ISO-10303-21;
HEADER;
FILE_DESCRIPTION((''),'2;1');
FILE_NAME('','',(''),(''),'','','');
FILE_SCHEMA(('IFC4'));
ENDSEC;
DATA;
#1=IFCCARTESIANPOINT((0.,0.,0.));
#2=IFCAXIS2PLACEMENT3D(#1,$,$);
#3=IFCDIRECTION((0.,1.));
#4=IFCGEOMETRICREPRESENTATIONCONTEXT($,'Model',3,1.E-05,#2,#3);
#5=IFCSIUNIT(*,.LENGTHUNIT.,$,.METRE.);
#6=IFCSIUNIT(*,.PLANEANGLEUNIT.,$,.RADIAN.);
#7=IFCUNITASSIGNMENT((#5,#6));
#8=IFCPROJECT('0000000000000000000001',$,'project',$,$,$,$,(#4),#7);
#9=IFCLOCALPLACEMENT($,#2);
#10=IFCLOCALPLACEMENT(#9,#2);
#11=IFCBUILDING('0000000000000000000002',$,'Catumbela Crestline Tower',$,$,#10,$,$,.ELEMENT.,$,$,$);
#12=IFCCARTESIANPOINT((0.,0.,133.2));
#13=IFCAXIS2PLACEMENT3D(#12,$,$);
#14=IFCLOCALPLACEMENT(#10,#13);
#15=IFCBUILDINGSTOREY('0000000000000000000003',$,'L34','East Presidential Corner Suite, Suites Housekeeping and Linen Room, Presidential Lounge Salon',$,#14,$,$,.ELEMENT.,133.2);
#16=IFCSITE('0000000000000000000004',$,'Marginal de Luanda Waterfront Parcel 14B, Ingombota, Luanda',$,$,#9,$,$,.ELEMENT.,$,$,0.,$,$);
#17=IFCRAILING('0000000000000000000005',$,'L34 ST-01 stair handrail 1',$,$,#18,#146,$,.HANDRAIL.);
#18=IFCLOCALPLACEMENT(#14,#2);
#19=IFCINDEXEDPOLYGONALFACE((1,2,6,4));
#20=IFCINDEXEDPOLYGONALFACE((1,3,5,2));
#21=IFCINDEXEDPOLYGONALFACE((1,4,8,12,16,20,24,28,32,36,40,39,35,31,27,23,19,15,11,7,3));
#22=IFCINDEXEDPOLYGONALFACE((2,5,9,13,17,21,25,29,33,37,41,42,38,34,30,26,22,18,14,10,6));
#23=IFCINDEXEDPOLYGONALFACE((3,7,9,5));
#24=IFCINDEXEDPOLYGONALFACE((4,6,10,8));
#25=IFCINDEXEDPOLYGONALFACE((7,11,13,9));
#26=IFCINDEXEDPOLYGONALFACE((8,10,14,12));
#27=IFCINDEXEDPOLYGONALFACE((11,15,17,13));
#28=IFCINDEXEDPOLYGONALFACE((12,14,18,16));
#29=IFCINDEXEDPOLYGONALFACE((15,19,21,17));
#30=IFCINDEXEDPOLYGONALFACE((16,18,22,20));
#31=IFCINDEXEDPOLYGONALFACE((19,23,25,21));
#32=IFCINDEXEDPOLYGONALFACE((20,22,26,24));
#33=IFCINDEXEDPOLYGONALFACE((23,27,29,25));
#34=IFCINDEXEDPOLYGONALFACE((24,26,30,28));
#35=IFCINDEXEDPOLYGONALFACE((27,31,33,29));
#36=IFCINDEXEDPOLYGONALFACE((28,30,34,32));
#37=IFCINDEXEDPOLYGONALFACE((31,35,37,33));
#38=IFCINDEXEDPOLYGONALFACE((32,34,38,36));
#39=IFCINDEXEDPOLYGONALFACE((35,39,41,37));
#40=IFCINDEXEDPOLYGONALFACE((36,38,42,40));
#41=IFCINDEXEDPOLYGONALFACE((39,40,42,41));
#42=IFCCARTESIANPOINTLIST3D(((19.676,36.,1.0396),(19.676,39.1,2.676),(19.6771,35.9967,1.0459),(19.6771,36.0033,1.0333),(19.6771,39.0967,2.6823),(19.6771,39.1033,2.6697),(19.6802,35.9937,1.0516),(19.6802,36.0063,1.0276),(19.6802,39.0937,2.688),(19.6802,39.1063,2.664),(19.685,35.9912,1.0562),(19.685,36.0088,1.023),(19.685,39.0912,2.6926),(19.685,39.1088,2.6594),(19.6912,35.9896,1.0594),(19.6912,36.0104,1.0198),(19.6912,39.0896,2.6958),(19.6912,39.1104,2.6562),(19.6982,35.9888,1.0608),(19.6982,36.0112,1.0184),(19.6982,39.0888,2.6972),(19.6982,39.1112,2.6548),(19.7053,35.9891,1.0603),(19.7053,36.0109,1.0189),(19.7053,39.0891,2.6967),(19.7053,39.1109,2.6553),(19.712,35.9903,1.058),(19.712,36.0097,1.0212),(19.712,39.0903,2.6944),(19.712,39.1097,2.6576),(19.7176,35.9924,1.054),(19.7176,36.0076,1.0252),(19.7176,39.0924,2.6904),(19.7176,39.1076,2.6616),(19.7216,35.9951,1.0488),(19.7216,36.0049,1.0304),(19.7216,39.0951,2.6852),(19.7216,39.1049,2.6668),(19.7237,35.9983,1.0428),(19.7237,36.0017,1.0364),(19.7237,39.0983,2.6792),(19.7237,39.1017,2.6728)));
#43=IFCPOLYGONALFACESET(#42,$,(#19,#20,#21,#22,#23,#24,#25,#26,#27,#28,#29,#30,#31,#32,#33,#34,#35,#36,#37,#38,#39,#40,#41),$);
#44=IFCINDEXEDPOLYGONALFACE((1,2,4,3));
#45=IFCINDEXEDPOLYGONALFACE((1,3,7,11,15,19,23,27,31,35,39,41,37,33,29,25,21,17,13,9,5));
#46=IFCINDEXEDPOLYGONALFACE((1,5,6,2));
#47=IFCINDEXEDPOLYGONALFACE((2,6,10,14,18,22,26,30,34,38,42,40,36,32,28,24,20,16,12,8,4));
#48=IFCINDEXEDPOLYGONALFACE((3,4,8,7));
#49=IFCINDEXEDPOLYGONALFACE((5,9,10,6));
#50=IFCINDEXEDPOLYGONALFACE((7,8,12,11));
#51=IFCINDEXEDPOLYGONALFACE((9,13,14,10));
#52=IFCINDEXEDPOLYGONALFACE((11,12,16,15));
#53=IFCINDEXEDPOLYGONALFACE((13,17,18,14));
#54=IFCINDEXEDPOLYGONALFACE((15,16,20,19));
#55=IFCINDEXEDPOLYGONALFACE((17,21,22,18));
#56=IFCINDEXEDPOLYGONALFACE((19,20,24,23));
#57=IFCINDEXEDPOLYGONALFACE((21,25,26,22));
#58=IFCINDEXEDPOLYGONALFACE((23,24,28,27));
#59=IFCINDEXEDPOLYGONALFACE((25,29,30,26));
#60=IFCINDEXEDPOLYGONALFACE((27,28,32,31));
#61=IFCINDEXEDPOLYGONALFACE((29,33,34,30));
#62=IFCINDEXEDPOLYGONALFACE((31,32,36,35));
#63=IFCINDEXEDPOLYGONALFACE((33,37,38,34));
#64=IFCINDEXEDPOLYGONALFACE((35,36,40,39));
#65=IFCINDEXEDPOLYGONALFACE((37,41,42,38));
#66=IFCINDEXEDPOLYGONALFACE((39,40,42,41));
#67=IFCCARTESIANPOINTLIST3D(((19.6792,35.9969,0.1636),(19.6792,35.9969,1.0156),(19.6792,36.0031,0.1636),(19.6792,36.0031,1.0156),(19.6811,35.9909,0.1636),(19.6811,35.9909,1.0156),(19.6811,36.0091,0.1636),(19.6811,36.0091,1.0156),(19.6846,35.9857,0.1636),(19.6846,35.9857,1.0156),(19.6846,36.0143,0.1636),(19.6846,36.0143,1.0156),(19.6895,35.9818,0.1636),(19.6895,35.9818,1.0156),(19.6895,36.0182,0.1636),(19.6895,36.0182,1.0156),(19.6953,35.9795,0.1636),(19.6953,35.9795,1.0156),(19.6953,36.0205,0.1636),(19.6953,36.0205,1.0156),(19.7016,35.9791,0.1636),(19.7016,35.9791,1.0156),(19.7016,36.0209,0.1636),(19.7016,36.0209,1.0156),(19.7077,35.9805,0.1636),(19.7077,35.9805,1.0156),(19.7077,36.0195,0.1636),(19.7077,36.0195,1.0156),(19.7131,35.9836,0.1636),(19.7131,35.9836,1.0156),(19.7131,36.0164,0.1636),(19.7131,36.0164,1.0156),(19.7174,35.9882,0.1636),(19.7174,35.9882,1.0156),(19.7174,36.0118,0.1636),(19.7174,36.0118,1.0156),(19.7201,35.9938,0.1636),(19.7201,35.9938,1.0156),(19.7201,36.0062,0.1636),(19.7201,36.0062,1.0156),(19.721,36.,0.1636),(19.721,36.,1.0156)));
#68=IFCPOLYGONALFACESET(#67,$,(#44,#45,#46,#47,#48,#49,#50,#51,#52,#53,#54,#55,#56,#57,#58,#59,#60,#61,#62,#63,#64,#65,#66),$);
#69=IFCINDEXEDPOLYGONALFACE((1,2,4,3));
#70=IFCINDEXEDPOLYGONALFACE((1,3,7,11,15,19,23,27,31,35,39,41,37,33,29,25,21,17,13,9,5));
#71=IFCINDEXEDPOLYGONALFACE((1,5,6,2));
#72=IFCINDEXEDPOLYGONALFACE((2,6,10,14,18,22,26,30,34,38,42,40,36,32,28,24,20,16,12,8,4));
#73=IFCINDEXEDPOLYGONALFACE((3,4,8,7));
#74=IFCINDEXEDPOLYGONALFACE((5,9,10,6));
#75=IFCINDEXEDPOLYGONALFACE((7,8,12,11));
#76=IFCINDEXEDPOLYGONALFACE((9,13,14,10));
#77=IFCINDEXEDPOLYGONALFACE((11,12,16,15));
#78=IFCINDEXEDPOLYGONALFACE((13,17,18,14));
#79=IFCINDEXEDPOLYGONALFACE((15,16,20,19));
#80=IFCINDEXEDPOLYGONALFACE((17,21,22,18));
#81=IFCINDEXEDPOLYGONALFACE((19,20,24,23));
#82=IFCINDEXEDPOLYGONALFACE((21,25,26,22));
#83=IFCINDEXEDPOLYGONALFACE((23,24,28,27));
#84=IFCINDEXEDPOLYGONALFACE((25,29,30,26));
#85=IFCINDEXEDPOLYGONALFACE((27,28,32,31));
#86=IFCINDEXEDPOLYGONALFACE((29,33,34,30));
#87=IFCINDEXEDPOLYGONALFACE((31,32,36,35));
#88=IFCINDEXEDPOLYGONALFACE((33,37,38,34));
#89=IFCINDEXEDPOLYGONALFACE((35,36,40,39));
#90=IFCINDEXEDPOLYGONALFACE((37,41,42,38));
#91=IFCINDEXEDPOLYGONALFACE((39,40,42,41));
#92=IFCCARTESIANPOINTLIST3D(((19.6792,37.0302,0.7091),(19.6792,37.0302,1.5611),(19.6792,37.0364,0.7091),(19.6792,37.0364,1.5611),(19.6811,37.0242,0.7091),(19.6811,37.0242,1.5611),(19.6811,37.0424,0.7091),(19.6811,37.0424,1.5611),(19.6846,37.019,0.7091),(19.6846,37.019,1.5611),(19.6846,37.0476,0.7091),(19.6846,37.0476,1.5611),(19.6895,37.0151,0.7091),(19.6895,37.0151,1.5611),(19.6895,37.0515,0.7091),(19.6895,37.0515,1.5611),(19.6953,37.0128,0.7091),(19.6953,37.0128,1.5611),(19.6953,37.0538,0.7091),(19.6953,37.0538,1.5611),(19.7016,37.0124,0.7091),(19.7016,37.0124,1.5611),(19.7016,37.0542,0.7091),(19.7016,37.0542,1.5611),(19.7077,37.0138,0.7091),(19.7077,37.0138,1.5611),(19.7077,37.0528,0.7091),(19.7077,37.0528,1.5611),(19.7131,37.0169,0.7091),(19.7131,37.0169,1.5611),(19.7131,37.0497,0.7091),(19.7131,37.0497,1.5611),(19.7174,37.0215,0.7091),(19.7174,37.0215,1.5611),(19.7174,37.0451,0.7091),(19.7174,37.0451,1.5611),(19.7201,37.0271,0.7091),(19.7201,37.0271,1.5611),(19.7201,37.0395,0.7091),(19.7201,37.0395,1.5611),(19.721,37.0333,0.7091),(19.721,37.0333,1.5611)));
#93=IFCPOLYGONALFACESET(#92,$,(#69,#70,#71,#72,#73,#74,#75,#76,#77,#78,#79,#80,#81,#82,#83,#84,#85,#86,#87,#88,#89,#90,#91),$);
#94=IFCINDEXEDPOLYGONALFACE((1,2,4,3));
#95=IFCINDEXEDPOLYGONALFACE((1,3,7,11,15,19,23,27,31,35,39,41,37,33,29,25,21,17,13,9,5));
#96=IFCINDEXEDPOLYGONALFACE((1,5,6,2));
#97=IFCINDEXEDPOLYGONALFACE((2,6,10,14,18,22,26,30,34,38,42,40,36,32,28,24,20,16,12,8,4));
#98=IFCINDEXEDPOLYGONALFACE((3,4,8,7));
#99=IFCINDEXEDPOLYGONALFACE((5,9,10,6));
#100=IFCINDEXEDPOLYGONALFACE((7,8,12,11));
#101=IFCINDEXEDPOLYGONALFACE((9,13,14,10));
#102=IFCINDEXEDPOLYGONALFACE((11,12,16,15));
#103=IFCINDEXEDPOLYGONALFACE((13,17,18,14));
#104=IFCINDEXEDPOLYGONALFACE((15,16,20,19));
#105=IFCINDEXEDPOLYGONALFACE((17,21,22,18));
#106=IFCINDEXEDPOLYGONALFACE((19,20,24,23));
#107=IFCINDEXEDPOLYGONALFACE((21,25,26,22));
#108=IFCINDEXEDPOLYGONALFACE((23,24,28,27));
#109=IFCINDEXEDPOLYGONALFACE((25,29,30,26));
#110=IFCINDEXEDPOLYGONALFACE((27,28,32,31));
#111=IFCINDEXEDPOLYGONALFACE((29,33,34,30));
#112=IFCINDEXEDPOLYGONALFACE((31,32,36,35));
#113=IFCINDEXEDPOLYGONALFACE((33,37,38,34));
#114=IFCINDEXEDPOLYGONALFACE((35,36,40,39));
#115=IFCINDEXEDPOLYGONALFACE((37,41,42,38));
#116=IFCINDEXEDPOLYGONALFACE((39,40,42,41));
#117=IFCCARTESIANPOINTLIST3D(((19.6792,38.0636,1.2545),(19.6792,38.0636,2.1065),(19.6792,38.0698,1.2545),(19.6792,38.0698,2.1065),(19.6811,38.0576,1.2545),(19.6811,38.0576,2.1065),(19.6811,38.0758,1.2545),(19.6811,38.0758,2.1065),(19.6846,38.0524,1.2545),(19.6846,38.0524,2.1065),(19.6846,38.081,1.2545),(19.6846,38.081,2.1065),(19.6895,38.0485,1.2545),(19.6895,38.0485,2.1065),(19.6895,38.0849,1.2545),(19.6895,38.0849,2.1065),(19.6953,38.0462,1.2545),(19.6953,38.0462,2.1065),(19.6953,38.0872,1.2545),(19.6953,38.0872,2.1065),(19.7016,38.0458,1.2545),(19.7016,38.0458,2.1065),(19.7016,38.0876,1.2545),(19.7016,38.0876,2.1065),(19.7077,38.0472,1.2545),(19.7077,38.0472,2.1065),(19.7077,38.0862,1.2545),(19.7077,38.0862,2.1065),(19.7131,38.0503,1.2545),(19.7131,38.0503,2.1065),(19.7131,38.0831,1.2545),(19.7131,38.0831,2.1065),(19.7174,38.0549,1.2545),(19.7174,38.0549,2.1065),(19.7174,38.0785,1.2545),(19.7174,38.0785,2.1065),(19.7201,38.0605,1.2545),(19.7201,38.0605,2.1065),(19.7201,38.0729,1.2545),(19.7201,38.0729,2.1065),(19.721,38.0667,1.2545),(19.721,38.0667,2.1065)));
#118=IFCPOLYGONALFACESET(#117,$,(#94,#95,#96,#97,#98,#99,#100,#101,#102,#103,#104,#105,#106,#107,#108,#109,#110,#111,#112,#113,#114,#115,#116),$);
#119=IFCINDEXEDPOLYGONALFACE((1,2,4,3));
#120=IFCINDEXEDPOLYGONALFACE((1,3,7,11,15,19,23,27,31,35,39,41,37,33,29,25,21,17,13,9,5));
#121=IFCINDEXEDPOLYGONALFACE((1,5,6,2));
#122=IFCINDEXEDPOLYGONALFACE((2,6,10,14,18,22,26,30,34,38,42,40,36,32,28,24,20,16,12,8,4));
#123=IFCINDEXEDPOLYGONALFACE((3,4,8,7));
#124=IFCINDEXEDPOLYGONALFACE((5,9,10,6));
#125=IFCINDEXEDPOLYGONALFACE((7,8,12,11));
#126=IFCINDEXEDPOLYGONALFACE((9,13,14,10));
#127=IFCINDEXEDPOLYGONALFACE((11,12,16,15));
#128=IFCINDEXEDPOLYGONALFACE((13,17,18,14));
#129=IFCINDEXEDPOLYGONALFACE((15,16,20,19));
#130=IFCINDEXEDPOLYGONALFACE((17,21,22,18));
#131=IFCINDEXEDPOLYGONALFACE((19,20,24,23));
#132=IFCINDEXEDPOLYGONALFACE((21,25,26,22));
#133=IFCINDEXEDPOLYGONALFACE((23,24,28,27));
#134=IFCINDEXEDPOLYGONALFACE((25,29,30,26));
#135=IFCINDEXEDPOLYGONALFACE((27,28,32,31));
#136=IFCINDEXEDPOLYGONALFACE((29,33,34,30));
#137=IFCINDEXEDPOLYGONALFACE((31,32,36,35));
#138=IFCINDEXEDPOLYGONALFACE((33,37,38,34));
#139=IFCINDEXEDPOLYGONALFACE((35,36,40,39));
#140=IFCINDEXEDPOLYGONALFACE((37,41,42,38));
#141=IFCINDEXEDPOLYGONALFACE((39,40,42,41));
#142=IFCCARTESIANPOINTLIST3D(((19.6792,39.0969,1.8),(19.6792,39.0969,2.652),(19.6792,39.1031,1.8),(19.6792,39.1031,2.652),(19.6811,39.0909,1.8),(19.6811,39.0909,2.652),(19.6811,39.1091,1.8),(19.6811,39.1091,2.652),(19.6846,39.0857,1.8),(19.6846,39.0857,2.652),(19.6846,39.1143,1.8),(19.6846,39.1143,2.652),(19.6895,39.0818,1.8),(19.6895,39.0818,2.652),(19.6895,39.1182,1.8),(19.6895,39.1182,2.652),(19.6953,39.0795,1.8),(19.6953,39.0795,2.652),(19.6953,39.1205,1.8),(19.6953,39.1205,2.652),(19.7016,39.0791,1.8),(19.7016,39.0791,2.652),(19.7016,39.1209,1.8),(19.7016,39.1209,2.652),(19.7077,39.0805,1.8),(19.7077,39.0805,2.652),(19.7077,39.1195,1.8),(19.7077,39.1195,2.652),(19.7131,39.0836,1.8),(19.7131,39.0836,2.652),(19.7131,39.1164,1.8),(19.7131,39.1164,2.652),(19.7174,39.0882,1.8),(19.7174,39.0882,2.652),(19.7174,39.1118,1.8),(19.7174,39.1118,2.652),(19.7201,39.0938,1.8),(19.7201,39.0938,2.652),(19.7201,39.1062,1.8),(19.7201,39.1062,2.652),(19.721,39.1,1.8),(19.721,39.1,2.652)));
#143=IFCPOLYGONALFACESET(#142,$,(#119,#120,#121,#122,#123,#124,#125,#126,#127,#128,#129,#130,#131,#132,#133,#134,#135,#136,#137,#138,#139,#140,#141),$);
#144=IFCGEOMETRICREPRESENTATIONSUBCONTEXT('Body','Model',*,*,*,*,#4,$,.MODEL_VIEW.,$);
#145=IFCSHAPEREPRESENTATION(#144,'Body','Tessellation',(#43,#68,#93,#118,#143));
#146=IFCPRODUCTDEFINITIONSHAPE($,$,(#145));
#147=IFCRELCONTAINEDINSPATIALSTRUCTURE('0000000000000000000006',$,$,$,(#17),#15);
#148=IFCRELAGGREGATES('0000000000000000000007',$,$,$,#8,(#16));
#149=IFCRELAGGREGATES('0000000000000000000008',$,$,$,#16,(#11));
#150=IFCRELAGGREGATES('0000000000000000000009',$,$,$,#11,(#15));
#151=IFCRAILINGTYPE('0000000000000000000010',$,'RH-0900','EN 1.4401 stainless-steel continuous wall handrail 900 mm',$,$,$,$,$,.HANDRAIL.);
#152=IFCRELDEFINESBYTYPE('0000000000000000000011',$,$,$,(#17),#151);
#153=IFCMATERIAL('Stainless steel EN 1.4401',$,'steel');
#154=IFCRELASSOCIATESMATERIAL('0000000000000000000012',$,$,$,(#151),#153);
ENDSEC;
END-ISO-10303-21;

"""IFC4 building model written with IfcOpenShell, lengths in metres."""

from ifc_helpers import new_model, si_unit, direction, frame, origin, origin_2d, place, context, subcontext, project, spatial, circle, extrude, material, type_object, element, save


model = new_model("IFC4")

# Units and contexts
model_context = context("Model", 3, precision=1e-05, world=origin(), true_north=direction((0.0, 1.0)))
body_context = subcontext(model_context, "Body", "Model", "MODEL_VIEW")
ifc_project = project(units=[si_unit("LENGTHUNIT", "METRE"), si_unit("PLANEANGLEUNIT", "RADIAN")], contexts=[model_context])

# Site, building, storey
site_placement = place(None, origin())
site = spatial("IfcSite", under=ifc_project, at=site_placement, Name="Marginal de Luanda Waterfront Parcel 14B, Ingombota, Luanda", CompositionType="ELEMENT", RefElevation=0.0)
building_placement = place(site_placement, origin())
building = spatial("IfcBuilding", under=site, at=building_placement, Name="Catumbela Crestline Tower", CompositionType="ELEMENT")
storey_placement = place(building_placement, frame((0.0, 0.0, 133.2)))
storey = spatial("IfcBuildingStorey", under=building, at=storey_placement, Name="L34", Description="East Presidential Corner Suite, Suites Housekeeping and Linen Room, Presidential Lounge Salon", CompositionType="ELEMENT", Elevation=133.2)

# Shared definitions
ifc_material_1 = material(Name="Stainless steel EN 1.4401", Category="steel")

# Railing
railing_type = type_object("IfcRailingType", Name="RH-0900", Description="EN 1.4401 stainless-steel continuous wall handrail 900 mm", PredefinedType="HANDRAIL", material=ifc_material_1)
railing_placement = place(storey_placement, frame((19.7, 36.0, 0.1636)))
element("IfcRailing", 1, at=railing_placement, inside=storey, type_object=railing_type, Name="L34 ST-01 stair handrail 1", PredefinedType="HANDRAIL", context=body_context, shape_type="SweptSolid", body=[
    extrude(circle(Radius=0.024, at=origin_2d()), frame((0.0, 0.0, 0.876), z_axis=(0.0, 0.884351, 0.466823), x_axis=(-1.0, 0.0, 0.0)), (0.0, 0.0, 1.0), 3.5054),
    extrude(circle(Radius=0.021, at=origin_2d()), origin(), (0.0, 0.0, 1.0), 0.852),
    extrude(circle(Radius=0.021, at=origin_2d()), frame((0.0, 1.0333, 0.5455)), (0.0, 0.0, 1.0), 0.852),
    extrude(circle(Radius=0.021, at=origin_2d()), frame((0.0, 2.0667, 1.0909)), (0.0, 0.0, 1.0), 0.852),
    extrude(circle(Radius=0.021, at=origin_2d()), frame((0.0, 3.1, 1.6364)), (0.0, 0.0, 1.0), 0.852),
])

save(model, "model.ifc")
